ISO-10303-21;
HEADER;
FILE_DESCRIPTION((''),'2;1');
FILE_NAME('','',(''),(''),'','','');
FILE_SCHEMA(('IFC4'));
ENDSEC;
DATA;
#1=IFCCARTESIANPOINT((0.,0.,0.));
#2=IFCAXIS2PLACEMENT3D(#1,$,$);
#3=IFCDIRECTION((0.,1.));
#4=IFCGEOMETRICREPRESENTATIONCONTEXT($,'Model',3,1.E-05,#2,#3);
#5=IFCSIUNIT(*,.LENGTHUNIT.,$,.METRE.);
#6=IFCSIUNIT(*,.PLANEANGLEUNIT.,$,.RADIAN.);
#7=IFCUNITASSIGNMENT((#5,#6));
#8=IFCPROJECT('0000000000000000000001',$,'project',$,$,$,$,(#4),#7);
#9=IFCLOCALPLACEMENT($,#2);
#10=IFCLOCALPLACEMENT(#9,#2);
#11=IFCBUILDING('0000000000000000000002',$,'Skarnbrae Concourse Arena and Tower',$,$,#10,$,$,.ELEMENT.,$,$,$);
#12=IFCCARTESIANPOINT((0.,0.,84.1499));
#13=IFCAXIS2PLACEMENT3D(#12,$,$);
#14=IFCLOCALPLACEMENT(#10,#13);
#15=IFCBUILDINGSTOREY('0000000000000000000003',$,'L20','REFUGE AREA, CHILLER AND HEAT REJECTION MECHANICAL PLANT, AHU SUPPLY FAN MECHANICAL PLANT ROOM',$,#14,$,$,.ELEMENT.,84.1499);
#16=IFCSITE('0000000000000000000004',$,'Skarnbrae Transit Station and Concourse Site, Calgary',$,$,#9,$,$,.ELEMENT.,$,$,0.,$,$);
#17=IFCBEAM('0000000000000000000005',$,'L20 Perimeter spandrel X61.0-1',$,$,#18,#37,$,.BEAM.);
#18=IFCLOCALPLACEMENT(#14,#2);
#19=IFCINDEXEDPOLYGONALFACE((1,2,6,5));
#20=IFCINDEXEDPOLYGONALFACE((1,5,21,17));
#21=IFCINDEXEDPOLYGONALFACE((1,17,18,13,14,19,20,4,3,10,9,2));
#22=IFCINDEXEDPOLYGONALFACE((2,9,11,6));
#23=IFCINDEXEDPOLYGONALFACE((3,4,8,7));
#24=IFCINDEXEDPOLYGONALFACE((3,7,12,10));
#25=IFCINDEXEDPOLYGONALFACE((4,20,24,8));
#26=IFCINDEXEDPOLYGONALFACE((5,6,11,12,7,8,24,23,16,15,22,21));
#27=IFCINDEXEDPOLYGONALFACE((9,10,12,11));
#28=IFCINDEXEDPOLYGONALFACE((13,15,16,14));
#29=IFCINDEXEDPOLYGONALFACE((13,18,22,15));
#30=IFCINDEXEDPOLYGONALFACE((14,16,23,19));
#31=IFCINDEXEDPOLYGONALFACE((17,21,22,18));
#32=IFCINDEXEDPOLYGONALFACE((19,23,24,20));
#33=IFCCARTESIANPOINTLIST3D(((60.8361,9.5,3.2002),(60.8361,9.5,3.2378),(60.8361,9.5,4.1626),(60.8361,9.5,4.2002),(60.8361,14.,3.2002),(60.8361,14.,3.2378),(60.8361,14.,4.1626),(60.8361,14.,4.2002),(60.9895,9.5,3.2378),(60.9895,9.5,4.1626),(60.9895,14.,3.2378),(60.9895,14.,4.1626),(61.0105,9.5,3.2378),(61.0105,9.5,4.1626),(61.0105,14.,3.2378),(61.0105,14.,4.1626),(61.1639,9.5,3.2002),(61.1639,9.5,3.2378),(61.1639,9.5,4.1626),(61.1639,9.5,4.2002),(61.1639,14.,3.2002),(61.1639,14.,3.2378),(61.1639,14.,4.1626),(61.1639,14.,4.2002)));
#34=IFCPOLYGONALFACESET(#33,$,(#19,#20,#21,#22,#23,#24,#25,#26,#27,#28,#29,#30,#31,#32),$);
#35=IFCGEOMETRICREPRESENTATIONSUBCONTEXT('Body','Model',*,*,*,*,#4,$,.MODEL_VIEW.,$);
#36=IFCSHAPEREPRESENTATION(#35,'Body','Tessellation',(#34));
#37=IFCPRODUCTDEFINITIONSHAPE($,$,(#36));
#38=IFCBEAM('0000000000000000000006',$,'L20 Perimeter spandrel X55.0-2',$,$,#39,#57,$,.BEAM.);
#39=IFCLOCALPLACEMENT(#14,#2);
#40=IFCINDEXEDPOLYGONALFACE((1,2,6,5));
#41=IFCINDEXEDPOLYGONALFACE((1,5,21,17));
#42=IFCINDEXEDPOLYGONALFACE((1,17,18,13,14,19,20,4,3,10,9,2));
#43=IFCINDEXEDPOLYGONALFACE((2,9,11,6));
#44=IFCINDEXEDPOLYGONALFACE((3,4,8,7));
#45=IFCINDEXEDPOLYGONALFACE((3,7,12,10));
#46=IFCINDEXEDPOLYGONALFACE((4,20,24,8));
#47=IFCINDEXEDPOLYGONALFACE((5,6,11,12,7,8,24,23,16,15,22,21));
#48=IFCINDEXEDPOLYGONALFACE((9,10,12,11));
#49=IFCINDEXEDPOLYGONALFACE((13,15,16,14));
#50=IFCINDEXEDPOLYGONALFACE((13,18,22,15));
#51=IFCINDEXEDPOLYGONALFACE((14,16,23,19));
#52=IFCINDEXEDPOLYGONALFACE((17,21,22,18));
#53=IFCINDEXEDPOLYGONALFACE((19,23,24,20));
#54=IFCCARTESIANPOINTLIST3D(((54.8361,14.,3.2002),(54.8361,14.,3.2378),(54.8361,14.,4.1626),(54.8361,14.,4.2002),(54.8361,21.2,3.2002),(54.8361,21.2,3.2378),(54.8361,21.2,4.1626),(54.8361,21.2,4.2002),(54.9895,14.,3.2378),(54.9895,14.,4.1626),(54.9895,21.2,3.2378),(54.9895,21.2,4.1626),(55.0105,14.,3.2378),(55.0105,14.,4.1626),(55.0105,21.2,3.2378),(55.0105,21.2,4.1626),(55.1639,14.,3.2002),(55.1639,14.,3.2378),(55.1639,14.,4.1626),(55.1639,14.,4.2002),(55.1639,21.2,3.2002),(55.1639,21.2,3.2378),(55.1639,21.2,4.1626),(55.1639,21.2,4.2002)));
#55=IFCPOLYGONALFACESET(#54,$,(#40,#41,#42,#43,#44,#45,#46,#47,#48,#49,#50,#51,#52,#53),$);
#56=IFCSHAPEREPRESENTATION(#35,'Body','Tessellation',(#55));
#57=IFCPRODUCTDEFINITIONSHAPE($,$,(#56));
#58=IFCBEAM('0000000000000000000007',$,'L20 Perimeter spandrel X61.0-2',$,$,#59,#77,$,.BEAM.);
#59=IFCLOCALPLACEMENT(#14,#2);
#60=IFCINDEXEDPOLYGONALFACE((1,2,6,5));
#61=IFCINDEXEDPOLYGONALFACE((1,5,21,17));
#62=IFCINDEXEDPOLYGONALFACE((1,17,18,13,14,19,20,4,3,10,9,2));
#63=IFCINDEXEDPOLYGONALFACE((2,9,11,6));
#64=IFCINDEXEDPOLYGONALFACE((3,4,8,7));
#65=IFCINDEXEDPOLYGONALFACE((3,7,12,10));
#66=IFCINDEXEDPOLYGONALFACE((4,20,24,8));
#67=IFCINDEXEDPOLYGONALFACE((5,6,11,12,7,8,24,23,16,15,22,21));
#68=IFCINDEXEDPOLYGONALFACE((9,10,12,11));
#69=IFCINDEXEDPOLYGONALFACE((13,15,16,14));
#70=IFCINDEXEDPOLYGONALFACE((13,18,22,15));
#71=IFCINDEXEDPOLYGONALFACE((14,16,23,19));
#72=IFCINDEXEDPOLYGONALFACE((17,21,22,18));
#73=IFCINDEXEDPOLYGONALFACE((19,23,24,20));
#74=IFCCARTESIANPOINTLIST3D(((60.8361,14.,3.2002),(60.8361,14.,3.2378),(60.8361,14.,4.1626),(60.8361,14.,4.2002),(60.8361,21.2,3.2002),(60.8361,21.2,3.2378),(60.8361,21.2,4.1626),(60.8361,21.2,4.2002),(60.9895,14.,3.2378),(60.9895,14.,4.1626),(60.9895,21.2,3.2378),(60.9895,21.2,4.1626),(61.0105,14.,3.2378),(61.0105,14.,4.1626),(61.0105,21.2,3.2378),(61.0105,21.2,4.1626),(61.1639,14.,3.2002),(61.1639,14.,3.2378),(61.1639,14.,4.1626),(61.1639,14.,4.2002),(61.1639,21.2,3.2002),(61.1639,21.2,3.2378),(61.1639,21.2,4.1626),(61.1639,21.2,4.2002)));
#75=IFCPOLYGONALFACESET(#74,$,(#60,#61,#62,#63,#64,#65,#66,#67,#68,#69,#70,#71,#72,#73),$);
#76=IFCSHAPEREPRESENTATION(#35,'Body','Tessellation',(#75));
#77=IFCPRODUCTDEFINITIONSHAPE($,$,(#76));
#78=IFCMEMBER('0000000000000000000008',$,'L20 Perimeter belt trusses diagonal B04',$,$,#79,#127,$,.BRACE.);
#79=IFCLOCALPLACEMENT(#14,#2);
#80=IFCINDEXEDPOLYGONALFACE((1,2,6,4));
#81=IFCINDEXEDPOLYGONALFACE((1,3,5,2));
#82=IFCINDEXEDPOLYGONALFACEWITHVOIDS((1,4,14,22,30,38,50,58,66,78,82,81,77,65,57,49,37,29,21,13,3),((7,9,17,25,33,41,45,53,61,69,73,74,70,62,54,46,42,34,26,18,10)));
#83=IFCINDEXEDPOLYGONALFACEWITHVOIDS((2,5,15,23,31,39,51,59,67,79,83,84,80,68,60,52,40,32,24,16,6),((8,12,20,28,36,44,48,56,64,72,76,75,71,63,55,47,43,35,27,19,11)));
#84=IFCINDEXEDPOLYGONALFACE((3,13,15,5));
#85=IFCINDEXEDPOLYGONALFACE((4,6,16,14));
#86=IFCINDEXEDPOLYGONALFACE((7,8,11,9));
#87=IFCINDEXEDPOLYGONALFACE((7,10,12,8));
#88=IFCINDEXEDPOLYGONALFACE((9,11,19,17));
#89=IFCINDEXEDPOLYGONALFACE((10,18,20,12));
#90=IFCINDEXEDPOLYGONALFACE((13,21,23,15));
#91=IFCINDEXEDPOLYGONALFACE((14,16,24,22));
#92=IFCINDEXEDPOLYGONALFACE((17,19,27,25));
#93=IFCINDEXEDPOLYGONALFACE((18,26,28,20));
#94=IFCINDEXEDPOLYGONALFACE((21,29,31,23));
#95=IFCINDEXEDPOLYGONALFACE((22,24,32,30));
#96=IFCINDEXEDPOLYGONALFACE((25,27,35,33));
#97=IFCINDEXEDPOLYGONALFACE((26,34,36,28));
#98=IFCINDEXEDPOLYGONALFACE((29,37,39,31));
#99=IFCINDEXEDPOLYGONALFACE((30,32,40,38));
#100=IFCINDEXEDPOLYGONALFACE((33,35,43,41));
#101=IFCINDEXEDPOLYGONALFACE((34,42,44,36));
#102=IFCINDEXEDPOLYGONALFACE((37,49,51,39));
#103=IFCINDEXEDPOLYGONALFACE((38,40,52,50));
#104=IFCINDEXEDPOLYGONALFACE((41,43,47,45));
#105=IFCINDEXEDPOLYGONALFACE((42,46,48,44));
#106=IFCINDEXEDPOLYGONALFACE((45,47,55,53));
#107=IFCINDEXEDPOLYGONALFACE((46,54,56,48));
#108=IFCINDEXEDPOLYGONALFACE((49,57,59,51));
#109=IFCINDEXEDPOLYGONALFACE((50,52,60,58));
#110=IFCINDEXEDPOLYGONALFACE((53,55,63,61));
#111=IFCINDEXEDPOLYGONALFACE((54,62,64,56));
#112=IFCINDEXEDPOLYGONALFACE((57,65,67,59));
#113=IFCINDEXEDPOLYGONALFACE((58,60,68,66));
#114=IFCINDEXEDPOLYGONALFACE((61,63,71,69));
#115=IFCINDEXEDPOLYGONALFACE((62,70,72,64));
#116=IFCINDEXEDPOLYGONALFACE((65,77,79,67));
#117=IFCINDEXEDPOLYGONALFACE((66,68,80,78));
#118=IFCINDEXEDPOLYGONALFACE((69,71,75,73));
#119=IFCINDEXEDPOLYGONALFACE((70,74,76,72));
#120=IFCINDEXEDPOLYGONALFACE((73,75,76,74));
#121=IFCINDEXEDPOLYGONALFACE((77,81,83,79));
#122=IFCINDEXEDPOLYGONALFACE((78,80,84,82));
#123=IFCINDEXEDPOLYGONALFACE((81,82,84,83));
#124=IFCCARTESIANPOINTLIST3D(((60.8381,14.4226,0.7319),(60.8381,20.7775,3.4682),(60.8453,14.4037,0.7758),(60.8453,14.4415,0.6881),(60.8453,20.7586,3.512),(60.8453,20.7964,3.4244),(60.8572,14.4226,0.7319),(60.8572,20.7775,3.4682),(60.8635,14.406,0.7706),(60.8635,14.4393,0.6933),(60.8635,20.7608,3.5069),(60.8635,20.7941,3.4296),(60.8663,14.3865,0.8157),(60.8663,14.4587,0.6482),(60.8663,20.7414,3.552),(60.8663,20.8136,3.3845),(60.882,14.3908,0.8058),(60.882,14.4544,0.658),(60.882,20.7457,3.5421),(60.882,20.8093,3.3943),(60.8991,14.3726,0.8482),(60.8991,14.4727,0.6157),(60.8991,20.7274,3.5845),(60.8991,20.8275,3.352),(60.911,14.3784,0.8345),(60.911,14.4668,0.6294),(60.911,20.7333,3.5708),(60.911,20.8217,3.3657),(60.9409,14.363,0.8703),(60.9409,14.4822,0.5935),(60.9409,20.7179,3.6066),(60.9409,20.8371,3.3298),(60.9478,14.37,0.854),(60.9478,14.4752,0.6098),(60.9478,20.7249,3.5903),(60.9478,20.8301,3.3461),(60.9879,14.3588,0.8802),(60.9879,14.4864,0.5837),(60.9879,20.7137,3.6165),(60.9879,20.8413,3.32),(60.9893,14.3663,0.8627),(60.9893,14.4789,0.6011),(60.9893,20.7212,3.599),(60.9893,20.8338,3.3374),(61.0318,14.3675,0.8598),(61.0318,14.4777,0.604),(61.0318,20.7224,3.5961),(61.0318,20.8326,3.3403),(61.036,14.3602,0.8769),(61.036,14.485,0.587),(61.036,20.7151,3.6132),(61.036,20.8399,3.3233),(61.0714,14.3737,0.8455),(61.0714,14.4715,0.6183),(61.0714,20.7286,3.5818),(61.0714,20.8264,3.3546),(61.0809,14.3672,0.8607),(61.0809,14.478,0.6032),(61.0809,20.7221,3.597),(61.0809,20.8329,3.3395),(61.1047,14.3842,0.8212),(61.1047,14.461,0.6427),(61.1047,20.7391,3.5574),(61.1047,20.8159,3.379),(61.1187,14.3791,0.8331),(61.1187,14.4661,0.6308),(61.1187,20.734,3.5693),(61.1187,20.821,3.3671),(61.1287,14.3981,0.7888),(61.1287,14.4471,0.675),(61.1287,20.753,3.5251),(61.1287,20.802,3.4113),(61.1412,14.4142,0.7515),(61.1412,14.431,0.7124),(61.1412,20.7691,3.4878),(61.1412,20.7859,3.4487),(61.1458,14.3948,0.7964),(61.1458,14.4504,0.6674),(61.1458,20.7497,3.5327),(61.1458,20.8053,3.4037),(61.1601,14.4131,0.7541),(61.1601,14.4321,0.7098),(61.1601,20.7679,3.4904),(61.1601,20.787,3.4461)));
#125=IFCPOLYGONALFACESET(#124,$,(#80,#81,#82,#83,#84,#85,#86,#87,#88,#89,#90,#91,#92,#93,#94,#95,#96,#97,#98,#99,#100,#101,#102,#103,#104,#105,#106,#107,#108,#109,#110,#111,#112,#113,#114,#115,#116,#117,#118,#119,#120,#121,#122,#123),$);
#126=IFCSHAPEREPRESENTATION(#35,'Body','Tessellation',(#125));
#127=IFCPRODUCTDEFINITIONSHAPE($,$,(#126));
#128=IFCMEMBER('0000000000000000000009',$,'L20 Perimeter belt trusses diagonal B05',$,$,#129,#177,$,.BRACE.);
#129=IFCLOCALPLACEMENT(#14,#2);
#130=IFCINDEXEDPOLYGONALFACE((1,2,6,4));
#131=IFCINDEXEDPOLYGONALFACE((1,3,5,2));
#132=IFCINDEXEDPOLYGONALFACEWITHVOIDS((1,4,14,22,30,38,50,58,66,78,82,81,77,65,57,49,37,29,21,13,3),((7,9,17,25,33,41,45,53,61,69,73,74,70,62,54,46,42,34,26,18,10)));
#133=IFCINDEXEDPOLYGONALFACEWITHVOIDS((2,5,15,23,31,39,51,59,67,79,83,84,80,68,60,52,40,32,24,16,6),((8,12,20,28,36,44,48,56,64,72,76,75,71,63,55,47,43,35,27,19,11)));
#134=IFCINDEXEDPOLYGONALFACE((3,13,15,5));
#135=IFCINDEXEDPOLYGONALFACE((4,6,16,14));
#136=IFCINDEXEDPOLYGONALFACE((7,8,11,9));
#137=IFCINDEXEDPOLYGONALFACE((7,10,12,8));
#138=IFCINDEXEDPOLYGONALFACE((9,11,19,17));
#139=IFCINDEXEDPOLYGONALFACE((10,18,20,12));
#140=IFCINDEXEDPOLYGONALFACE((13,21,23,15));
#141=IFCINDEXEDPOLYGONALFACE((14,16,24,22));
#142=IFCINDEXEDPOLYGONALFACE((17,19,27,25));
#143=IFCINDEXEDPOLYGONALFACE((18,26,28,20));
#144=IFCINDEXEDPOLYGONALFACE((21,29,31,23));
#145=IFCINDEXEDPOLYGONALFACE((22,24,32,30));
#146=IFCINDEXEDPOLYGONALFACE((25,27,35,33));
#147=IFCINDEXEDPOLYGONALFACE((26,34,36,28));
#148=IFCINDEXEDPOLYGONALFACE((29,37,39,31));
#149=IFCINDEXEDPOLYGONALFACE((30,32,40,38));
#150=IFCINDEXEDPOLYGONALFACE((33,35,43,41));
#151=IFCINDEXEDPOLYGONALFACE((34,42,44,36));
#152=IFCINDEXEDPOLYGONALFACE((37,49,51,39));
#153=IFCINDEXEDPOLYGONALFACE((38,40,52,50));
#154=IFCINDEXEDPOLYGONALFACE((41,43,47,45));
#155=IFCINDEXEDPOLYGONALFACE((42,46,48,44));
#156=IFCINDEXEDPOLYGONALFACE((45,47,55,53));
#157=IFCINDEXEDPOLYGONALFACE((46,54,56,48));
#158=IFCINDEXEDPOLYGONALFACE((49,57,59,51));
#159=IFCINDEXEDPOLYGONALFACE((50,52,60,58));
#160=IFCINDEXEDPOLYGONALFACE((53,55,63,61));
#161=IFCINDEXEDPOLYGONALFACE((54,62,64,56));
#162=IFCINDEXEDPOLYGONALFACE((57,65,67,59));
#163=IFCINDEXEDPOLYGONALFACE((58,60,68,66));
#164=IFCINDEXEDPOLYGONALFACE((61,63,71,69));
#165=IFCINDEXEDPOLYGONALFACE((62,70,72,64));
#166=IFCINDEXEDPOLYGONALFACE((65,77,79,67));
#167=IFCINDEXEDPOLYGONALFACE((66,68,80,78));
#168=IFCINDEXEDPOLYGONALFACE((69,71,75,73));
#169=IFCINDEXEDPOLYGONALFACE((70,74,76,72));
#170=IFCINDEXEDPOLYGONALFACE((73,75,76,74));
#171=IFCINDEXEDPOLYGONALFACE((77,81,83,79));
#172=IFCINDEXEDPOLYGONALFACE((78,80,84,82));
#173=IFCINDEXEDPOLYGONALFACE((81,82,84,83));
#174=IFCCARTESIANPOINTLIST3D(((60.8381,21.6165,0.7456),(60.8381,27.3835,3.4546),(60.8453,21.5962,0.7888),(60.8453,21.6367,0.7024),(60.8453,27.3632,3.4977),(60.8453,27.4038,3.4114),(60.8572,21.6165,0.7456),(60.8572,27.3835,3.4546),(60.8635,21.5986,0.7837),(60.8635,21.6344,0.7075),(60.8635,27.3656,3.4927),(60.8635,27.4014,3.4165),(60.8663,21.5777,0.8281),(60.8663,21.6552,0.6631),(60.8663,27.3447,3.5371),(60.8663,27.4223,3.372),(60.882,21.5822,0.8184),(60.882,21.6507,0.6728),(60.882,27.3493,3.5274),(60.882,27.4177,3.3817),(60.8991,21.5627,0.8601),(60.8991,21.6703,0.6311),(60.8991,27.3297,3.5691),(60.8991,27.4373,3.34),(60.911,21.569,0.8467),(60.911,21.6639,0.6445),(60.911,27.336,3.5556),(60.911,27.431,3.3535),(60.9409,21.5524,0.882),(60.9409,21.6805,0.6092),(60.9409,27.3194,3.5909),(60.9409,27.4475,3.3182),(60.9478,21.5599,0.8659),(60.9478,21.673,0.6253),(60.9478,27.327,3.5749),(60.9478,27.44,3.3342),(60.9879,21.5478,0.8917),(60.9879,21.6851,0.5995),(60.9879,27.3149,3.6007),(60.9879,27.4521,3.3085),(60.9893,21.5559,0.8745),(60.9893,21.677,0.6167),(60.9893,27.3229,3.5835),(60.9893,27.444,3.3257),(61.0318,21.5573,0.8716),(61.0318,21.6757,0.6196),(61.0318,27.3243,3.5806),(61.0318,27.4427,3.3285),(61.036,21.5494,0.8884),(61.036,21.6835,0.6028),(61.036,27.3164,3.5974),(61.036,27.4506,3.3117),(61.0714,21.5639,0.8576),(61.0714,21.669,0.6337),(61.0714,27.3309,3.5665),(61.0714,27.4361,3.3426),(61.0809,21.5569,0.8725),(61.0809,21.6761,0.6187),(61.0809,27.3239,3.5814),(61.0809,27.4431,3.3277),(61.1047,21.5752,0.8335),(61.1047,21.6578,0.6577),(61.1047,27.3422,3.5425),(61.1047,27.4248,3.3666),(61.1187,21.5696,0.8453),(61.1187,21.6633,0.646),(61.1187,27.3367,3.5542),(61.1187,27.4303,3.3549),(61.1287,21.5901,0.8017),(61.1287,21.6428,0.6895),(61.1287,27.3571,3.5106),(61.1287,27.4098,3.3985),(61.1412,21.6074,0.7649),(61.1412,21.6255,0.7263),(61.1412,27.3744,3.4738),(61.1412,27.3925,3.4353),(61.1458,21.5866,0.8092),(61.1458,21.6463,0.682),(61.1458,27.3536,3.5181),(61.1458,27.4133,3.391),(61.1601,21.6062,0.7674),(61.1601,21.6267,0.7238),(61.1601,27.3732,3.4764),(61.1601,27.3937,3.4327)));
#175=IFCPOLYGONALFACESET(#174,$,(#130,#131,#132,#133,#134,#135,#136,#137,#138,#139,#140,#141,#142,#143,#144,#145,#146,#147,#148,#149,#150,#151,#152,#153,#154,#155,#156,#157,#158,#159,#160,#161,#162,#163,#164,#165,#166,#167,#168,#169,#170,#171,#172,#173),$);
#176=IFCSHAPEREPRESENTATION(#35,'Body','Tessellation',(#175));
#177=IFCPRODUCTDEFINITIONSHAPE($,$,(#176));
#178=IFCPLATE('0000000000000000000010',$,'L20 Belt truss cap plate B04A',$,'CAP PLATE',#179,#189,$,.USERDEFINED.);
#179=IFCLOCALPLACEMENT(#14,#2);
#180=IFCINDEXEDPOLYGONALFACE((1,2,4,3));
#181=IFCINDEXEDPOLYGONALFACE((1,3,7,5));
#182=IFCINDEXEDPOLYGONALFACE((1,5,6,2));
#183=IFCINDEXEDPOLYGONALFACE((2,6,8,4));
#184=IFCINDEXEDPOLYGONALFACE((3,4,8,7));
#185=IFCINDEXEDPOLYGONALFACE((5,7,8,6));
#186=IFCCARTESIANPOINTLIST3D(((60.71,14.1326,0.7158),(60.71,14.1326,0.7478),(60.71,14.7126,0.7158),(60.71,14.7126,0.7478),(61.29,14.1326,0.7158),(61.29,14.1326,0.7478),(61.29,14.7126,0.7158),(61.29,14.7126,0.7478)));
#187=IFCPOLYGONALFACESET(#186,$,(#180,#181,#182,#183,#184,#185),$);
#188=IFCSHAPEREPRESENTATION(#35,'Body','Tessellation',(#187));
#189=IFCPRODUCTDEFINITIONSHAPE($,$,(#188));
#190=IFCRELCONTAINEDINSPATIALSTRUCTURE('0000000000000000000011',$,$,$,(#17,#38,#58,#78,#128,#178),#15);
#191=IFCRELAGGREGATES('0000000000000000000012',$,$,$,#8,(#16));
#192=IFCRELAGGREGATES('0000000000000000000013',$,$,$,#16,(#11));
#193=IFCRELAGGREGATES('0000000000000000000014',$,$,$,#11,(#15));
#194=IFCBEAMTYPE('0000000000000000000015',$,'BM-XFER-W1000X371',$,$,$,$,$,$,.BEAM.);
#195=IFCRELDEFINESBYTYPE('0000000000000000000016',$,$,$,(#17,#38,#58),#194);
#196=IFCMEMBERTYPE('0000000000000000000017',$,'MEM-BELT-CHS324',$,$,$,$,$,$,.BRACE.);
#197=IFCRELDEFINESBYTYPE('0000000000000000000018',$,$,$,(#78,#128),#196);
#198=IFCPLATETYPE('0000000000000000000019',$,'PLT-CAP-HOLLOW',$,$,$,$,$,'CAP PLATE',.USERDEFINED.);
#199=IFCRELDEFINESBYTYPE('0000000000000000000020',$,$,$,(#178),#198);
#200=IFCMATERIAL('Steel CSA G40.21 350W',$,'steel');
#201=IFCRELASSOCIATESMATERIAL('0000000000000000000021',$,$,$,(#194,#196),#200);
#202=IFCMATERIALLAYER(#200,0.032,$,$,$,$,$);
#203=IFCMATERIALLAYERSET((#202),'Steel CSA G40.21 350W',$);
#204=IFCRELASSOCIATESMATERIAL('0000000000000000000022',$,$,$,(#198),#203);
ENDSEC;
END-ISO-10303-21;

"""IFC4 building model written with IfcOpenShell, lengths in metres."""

from ifc_helpers import new_model, si_unit, direction, frame, origin, origin_2d, place, context, subcontext, project, spatial, rectangle, hollow_circle, i_section, extrude, source, transform, mapped, material, layer, layer_set, material_profile, profile_set, type_object, element, save


model = new_model("IFC4")

# Units and contexts
model_context = context("Model", 3, precision=1e-05, world=origin(), true_north=direction((0.0, 1.0)))
body_context = subcontext(model_context, "Body", "Model", "MODEL_VIEW")
ifc_project = project(units=[si_unit("LENGTHUNIT", "METRE"), si_unit("PLANEANGLEUNIT", "RADIAN")], contexts=[model_context])

# Site, building, storey
site_placement = place(None, origin())
site = spatial("IfcSite", under=ifc_project, at=site_placement, Name="Skarnbrae Transit Station and Concourse Site, Calgary", CompositionType="ELEMENT", RefElevation=0.0)
building_placement = place(site_placement, origin())
building = spatial("IfcBuilding", under=site, at=building_placement, Name="Skarnbrae Concourse Arena and Tower", CompositionType="ELEMENT")
storey_placement = place(building_placement, frame((0.0, 0.0, 84.1499)))
storey = spatial("IfcBuildingStorey", under=building, at=storey_placement, Name="L20", Description="REFUGE AREA, CHILLER AND HEAT REJECTION MECHANICAL PLANT, AHU SUPPLY FAN MECHANICAL PLANT ROOM", CompositionType="ELEMENT", Elevation=84.1499)

# Shared definitions
ifc_material_1 = material(Name="Steel CSA G40.21 350W", Category="steel")

# Beams
ifc_material_profile_1 = material_profile(ifc_material_1, i_section(OverallWidth=0.3279, OverallDepth=1.0, WebThickness=0.021, FlangeThickness=0.0376, at=origin_2d()), Name="W1000X371")
ifc_profile_set_1 = profile_set([ifc_material_profile_1], Name="Steel CSA G40.21 350W")
beam_type_1 = type_object("IfcBeamType", Name="BM-XFER-W1000X371", PredefinedType="BEAM", material=ifc_profile_set_1)
shared_shape_1 = source(origin(), body_context, "Body", "SweptSolid", [
    extrude(i_section(OverallWidth=0.3279, OverallDepth=1.0, WebThickness=0.021, FlangeThickness=0.0376, at=origin_2d()), origin(), (0.0, 0.0, 1.0), 4.5),
])
beam_1_placement = place(storey_placement, frame((61.0, 9.5, 3.7002), z_axis=(0.0, 1.0, 0.0), x_axis=(-1.0, 0.0, 0.0)))
element("IfcBeam", 1, at=beam_1_placement, inside=storey, type_object=beam_type_1, Name="L20 Perimeter spandrel X61.0-1", PredefinedType="BEAM", context=body_context, shape_type="MappedRepresentation", body=[
    mapped(shared_shape_1, transform((0.0, 0.0, 0.0))),
])
shared_shape_2 = source(origin(), body_context, "Body", "SweptSolid", [
    extrude(i_section(OverallWidth=0.3279, OverallDepth=1.0, WebThickness=0.021, FlangeThickness=0.0376, at=origin_2d()), origin(), (0.0, 0.0, 1.0), 7.2),
])
for number, where, z_axis, x_axis, name in (
    (2, (55.0, 14.0, 3.7002), (0.0, 1.0, 0.0), (-1.0, 0.0, 0.0), "L20 Perimeter spandrel X55.0-2"),
    (3, (61.0, 14.0, 3.7002), (0.0, 1.0, 0.0), (-1.0, 0.0, 0.0), "L20 Perimeter spandrel X61.0-2"),
):
    element("IfcBeam", number, at=place(storey_placement, frame(where, z_axis=z_axis, x_axis=x_axis)), inside=storey, type_object=beam_type_1, Name=name, PredefinedType="BEAM", context=body_context, shape_type="MappedRepresentation", body=[
        mapped(shared_shape_2, transform((0.0, 0.0, 0.0))),
    ])

# Members
ifc_material_profile_2 = material_profile(ifc_material_1, hollow_circle(Radius=0.1619, WallThickness=0.019, at=origin_2d()), Name="HSS324X19.0")
ifc_profile_set_2 = profile_set([ifc_material_profile_2], Name="Steel CSA G40.21 350W")
member_type = type_object("IfcMemberType", Name="MEM-BELT-CHS324", PredefinedType="BRACE", material=ifc_profile_set_2)
shared_shape_3 = source(origin(), body_context, "Body", "SweptSolid", [
    extrude(hollow_circle(Radius=0.1619, WallThickness=0.019, at=origin_2d()), origin(), (0.0, 0.0, 1.0), 6.9189),
])
member_1_placement = place(storey_placement, frame((61.0, 14.4226, 0.7319), z_axis=(0.0, 0.918476, 0.395477), x_axis=(-1.0, 0.0, 0.0)))
element("IfcMember", 4, at=member_1_placement, inside=storey, type_object=member_type, Name="L20 Perimeter belt trusses diagonal B04", PredefinedType="BRACE", context=body_context, shape_type="MappedRepresentation", body=[
    mapped(shared_shape_3, transform((0.0, 0.0, 0.0))),
])
shared_shape_4 = source(origin(), body_context, "Body", "SweptSolid", [
    extrude(hollow_circle(Radius=0.1619, WallThickness=0.019, at=origin_2d()), origin(), (0.0, 0.0, 1.0), 6.3716),
])
member_2_placement = place(storey_placement, frame((61.0, 21.6165, 0.7456), z_axis=(0.0, 0.905117, 0.425162), x_axis=(-1.0, 0.0, 0.0)))
element("IfcMember", 5, at=member_2_placement, inside=storey, type_object=member_type, Name="L20 Perimeter belt trusses diagonal B05", PredefinedType="BRACE", context=body_context, shape_type="MappedRepresentation", body=[
    mapped(shared_shape_4, transform((0.0, 0.0, 0.0))),
])

# Plate
ifc_layer_1 = layer(ifc_material_1, 0.032)
ifc_layer_set_1 = layer_set([ifc_layer_1], Name="Steel CSA G40.21 350W")
plate_type_1 = type_object("IfcPlateType", Name="PLT-CAP-HOLLOW", ElementType="CAP PLATE", PredefinedType="USERDEFINED", material=ifc_layer_set_1)
shared_shape_5 = source(origin(), body_context, "Body", "SweptSolid", [
    extrude(rectangle(XDim=0.5801, YDim=0.5801, at=origin_2d()), origin(), (0.0, 0.0, 1.0), 0.032),
])
for number, where, z_axis, x_axis, name in (
    (6, (61.0, 14.4226, 0.7158), (0.0, 0.0, 1.0), (1.0, 0.0, 0.0), "L20 Belt truss cap plate B04A"),
):
    element("IfcPlate", number, at=place(storey_placement, frame(where, z_axis=z_axis, x_axis=x_axis)), inside=storey, type_object=plate_type_1, Name=name, ObjectType="CAP PLATE", PredefinedType="USERDEFINED", context=body_context, shape_type="MappedRepresentation", body=[
        mapped(shared_shape_5, transform((0.0, 0.0, 0.0))),
    ])

save(model, "model.ifc")
